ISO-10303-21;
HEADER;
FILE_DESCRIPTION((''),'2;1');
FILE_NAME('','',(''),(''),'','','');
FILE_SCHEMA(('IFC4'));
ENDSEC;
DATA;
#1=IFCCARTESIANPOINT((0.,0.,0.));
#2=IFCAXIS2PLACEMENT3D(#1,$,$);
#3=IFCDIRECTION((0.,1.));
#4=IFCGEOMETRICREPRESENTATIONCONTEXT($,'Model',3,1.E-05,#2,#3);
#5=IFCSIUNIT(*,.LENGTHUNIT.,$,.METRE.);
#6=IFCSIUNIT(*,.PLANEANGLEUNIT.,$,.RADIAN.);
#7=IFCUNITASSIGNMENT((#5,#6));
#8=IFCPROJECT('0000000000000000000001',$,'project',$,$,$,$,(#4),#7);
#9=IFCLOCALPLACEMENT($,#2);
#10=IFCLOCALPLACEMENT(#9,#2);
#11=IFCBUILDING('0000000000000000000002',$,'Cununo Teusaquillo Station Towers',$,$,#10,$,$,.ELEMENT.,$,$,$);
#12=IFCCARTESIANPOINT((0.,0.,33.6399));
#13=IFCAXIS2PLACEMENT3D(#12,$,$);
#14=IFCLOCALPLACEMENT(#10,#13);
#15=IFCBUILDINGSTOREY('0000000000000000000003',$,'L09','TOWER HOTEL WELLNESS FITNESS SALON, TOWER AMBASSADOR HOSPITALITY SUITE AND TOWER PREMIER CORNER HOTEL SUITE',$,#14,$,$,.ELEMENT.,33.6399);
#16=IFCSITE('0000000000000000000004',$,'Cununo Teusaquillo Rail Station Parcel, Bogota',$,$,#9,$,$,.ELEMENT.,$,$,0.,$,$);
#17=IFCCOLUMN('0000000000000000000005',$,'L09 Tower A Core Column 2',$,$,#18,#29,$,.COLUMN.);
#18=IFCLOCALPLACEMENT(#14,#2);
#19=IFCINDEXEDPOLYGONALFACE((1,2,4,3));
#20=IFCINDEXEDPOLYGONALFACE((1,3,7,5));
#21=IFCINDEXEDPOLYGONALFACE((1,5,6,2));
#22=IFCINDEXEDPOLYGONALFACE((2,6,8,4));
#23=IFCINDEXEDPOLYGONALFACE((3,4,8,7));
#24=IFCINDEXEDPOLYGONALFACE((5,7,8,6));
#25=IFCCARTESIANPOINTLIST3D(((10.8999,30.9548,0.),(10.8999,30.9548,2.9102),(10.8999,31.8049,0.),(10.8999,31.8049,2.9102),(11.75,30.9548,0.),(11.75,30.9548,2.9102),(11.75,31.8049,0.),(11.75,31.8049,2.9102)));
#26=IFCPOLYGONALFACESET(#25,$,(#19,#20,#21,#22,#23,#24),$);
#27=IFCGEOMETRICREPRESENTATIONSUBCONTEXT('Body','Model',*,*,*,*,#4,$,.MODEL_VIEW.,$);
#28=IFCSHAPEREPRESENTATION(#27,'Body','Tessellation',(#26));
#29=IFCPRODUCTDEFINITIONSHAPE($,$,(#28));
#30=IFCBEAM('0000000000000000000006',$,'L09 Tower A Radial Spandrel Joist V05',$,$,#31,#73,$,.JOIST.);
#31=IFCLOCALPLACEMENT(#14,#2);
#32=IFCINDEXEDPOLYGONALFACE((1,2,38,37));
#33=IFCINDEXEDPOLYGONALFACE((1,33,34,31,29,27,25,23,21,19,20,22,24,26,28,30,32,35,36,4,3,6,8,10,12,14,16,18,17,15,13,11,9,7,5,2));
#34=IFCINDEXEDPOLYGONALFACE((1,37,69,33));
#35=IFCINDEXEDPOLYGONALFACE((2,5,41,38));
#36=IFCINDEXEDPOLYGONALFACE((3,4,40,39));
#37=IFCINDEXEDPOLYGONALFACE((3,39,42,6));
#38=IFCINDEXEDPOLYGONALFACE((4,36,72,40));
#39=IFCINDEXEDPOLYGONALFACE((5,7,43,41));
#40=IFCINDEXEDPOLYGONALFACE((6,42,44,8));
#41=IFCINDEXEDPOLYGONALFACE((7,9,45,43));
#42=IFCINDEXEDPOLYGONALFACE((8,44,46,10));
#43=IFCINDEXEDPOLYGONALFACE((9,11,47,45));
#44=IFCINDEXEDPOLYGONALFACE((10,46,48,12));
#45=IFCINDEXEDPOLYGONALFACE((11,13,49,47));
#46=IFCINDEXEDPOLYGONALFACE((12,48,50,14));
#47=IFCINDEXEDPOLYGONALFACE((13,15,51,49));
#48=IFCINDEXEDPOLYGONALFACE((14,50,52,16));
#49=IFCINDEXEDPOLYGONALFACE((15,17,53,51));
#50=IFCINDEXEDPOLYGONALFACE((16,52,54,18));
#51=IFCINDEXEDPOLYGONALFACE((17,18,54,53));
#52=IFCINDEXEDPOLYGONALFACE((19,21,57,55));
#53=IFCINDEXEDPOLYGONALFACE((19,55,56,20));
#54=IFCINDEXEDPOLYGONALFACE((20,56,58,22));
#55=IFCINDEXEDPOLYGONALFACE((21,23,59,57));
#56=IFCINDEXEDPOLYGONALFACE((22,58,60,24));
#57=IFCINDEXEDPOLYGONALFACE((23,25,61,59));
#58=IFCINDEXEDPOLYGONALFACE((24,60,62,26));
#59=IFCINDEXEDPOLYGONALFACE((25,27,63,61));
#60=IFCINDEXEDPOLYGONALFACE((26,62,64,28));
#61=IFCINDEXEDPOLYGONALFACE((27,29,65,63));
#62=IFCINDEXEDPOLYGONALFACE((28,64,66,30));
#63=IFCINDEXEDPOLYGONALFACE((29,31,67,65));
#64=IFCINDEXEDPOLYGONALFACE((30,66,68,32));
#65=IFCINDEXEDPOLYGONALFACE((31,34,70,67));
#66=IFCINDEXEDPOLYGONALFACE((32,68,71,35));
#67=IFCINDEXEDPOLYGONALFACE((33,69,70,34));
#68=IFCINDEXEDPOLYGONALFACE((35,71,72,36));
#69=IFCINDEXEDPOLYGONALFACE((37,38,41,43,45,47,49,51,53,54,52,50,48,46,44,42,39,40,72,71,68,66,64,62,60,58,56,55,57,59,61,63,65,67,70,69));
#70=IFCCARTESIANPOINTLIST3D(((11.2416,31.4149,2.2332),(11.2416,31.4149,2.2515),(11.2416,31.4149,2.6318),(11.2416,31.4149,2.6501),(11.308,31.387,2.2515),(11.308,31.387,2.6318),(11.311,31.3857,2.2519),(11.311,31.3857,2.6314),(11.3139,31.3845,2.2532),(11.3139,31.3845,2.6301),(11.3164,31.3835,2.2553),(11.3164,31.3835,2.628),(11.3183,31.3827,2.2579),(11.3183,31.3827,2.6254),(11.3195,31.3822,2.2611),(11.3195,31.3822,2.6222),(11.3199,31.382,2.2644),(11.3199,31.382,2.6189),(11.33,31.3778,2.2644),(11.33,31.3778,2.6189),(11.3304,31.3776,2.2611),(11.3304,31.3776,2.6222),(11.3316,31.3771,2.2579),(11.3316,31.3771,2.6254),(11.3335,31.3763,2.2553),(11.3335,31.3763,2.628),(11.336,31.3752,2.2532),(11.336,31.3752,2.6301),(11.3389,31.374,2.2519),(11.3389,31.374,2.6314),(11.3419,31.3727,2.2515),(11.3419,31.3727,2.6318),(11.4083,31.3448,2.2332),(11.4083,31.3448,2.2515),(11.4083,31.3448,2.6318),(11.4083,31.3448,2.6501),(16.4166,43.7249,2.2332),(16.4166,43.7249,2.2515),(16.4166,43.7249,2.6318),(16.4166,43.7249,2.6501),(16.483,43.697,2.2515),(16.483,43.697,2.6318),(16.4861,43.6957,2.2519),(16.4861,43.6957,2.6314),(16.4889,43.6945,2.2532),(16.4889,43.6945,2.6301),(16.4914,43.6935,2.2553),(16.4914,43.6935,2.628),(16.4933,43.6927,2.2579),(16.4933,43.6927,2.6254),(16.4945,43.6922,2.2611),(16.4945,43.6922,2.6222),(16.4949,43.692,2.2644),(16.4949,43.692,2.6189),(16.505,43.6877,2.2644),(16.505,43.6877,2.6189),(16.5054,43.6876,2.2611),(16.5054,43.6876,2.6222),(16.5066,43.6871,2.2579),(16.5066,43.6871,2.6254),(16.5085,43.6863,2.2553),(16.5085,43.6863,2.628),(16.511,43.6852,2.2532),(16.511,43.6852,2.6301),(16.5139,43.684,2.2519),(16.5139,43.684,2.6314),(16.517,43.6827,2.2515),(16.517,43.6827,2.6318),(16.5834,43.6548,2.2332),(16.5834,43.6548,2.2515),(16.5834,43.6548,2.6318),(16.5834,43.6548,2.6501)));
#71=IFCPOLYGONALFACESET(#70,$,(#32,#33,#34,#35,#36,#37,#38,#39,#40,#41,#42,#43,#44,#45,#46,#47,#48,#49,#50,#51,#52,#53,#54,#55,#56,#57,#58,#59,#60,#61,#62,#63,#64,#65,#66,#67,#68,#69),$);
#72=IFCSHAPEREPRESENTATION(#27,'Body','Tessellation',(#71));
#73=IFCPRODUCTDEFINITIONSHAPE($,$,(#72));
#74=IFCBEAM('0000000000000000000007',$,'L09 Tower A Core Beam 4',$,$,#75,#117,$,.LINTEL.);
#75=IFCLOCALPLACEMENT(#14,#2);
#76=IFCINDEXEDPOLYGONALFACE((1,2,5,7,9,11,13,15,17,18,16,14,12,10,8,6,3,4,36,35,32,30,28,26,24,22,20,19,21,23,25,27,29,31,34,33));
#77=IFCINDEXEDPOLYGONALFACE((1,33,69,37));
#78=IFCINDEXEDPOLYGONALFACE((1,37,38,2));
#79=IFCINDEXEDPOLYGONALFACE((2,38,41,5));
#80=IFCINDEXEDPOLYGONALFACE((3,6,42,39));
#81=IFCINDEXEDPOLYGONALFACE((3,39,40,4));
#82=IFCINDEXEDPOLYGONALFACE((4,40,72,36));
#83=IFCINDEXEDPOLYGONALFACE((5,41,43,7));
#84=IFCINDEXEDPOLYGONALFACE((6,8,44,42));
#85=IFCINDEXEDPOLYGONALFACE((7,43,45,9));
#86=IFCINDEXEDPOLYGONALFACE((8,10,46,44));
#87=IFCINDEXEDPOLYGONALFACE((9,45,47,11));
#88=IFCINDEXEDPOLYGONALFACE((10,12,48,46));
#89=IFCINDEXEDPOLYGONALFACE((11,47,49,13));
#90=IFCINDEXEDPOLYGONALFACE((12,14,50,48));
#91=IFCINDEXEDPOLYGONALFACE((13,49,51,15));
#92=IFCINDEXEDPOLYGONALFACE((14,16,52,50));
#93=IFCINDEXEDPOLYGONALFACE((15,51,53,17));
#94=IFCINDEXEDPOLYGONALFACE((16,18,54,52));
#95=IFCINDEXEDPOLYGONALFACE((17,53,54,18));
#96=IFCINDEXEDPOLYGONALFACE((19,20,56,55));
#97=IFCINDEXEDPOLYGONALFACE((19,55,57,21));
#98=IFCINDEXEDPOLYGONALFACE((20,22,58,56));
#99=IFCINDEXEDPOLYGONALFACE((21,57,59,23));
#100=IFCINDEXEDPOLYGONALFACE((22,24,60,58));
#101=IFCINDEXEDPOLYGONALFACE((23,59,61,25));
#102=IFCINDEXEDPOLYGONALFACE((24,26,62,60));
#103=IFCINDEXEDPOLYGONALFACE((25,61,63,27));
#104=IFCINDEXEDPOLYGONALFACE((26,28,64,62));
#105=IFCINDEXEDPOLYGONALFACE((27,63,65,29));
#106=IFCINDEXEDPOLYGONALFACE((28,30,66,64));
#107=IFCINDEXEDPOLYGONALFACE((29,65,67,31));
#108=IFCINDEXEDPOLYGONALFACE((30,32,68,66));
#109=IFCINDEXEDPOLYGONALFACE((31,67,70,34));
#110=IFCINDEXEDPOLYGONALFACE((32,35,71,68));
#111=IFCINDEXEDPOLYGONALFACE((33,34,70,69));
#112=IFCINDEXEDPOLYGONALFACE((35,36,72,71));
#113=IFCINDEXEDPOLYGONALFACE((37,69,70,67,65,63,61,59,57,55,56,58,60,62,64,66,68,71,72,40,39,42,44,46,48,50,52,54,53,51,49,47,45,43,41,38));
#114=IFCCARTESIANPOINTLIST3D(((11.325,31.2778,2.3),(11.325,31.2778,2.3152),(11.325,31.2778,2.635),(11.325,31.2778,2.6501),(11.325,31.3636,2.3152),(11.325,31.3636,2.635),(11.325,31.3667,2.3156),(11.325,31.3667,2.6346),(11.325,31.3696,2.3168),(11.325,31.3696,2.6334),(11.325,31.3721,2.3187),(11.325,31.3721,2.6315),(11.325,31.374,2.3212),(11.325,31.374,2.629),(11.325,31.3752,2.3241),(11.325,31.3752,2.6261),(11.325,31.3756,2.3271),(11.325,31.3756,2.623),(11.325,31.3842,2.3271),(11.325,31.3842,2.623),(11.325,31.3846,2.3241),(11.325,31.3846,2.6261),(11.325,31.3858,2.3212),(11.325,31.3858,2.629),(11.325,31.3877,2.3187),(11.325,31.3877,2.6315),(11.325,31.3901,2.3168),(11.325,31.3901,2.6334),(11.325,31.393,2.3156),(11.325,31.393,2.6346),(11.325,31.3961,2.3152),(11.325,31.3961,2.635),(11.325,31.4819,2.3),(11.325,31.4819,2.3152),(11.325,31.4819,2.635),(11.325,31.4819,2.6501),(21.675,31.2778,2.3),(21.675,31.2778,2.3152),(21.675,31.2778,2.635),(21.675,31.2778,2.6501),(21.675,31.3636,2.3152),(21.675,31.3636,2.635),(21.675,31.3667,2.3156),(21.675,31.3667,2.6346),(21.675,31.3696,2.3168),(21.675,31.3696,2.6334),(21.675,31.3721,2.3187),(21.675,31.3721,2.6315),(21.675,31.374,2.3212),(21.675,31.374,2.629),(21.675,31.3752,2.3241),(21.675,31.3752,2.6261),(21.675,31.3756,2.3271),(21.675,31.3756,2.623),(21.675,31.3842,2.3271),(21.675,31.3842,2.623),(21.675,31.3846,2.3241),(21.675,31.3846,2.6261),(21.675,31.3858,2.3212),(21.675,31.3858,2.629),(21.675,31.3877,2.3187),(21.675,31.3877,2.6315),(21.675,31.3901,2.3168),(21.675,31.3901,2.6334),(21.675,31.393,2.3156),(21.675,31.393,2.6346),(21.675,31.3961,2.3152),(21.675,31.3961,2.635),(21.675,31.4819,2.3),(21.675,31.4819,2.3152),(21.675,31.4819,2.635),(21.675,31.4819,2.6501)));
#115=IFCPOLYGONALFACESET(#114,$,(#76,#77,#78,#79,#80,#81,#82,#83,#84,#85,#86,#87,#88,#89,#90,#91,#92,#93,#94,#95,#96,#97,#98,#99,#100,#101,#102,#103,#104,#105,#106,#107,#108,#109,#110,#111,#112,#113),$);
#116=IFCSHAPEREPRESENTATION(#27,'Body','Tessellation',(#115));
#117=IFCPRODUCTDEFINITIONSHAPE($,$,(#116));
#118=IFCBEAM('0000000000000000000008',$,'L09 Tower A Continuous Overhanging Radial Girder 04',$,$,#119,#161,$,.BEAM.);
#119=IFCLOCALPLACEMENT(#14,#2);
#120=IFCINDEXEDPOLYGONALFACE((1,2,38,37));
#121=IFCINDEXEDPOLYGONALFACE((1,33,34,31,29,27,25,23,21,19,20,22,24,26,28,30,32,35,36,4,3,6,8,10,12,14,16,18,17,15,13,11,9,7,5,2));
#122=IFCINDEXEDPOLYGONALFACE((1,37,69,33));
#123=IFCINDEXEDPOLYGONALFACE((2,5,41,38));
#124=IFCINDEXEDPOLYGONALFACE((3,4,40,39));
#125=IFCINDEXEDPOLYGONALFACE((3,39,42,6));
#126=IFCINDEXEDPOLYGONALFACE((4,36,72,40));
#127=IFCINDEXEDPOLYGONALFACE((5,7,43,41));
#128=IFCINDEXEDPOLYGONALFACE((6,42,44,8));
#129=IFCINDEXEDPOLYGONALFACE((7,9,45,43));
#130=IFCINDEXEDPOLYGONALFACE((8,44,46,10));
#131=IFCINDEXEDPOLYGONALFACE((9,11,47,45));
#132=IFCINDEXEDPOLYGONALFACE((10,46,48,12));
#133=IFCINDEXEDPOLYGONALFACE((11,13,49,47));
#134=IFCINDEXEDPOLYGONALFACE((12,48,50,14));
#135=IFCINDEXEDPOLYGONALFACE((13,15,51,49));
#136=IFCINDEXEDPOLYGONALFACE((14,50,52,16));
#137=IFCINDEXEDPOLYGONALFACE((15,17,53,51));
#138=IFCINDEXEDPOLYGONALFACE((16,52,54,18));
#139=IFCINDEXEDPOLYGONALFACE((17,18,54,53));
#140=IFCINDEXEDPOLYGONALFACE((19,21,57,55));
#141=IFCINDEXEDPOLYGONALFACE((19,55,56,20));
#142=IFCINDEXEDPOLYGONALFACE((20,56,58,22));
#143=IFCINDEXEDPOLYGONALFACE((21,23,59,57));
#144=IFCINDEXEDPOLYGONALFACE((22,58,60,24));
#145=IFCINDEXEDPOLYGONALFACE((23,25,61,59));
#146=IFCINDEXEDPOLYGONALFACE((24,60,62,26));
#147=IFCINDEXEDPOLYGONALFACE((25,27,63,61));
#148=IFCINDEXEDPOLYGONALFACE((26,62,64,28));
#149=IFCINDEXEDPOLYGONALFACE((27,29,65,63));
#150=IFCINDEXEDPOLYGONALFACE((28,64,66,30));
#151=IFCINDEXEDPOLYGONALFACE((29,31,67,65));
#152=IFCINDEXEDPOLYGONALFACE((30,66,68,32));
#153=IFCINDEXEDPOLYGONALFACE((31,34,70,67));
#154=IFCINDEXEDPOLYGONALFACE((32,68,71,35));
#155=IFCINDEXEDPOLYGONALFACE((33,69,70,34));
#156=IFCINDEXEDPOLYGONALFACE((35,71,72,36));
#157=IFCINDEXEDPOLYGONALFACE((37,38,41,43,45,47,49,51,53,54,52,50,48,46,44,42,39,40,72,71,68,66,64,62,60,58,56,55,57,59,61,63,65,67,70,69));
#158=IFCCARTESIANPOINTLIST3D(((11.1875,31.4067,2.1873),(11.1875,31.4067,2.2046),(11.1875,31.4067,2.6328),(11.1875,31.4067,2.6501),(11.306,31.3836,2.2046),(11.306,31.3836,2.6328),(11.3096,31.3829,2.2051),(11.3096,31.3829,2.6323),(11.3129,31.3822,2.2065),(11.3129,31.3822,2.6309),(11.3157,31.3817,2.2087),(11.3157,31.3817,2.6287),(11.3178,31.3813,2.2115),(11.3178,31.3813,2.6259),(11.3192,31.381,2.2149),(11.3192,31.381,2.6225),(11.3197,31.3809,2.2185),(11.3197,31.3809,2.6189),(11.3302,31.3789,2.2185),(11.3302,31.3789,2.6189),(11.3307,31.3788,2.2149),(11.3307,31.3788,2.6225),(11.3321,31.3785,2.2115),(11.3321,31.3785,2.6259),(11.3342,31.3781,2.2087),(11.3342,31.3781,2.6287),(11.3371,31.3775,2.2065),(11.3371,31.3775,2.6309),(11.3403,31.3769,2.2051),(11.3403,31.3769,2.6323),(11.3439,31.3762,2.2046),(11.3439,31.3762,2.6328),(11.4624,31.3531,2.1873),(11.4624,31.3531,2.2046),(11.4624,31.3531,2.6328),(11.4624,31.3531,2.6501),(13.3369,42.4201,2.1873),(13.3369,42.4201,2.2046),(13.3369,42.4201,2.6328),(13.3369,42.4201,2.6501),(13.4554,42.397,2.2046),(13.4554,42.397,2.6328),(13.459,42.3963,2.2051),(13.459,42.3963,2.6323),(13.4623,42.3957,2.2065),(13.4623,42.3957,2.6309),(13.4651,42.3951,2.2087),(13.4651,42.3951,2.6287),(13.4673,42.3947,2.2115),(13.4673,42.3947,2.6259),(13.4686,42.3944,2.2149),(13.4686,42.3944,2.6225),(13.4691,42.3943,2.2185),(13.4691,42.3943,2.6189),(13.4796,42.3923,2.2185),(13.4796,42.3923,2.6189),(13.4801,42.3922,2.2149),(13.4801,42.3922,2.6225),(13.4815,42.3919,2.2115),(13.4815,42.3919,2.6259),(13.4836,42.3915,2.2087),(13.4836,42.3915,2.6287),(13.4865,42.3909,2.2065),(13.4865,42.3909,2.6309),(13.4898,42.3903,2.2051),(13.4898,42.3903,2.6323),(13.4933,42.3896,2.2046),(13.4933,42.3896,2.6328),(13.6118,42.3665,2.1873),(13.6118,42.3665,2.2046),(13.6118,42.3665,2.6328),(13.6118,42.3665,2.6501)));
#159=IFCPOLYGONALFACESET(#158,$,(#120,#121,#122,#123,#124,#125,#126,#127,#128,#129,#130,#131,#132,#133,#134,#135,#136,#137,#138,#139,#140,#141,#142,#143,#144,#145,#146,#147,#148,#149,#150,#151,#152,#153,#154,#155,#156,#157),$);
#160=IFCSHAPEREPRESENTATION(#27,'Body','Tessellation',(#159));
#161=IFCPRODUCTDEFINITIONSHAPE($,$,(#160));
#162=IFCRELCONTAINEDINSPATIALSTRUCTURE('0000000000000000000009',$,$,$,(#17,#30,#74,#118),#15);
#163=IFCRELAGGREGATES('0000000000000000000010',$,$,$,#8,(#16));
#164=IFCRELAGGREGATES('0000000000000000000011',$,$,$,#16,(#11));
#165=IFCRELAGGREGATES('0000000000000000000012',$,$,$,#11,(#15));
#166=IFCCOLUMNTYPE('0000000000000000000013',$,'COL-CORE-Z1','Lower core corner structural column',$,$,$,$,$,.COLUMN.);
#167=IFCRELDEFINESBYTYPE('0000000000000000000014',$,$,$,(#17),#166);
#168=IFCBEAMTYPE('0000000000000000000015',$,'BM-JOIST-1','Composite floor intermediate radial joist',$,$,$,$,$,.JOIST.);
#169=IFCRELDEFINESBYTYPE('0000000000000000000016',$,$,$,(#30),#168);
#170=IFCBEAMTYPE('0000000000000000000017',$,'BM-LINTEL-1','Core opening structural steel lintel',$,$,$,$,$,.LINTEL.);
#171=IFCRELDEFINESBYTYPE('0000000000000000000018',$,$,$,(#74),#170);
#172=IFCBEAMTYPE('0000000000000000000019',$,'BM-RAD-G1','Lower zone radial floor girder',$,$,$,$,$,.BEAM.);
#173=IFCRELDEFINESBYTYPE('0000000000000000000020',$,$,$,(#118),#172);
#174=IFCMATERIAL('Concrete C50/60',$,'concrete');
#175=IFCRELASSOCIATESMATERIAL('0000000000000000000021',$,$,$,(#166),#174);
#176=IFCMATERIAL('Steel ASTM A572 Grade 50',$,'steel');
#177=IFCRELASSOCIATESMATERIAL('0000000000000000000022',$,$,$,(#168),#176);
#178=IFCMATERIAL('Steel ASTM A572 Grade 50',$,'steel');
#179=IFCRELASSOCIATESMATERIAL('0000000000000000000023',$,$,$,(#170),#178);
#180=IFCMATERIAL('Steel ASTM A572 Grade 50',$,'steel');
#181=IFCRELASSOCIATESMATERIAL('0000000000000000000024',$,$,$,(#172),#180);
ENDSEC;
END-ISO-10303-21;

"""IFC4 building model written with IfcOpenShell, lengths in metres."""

from ifc_helpers import new_model, si_unit, direction, frame, origin, origin_2d, place, context, subcontext, project, spatial, rectangle, i_section, extrude, material, material_profile, profile_set, type_object, element, save


model = new_model("IFC4")

# Units and contexts
model_context = context("Model", 3, precision=1e-05, world=origin(), true_north=direction((0.0, 1.0)))
body_context = subcontext(model_context, "Body", "Model", "MODEL_VIEW")
ifc_project = project(units=[si_unit("LENGTHUNIT", "METRE"), si_unit("PLANEANGLEUNIT", "RADIAN")], contexts=[model_context])

# Site, building, storey
site_placement = place(None, origin())
site = spatial("IfcSite", under=ifc_project, at=site_placement, Name="Cununo Teusaquillo Rail Station Parcel, Bogota", CompositionType="ELEMENT", RefElevation=0.0)
building_placement = place(site_placement, origin())
building = spatial("IfcBuilding", under=site, at=building_placement, Name="Cununo Teusaquillo Station Towers", CompositionType="ELEMENT")
storey_placement = place(building_placement, frame((0.0, 0.0, 33.6399)))
storey = spatial("IfcBuildingStorey", under=building, at=storey_placement, Name="L09", Description="TOWER HOTEL WELLNESS FITNESS SALON, TOWER AMBASSADOR HOSPITALITY SUITE AND TOWER PREMIER CORNER HOTEL SUITE", CompositionType="ELEMENT", Elevation=33.6399)

# Column
ifc_material_1 = material(Name="Concrete C50/60", Category="concrete")
ifc_material_profile_1 = material_profile(ifc_material_1, rectangle(XDim=0.8501, YDim=0.8501, at=origin_2d()), Name="RC-RECT-850x850")
ifc_profile_set_1 = profile_set([ifc_material_profile_1], Name="Concrete C50/60")
column_type = type_object("IfcColumnType", Name="COL-CORE-Z1", Description="Lower core corner structural column", PredefinedType="COLUMN", material=ifc_profile_set_1)
column_placement = place(storey_placement, frame((11.325, 31.3799, 0.0), z_axis=(0.0, 0.0, 1.0), x_axis=(1.0, 0.0, 0.0)))
element("IfcColumn", 1, at=column_placement, inside=storey, type_object=column_type, Name="L09 Tower A Core Column 2", PredefinedType="COLUMN", context=body_context, shape_type="SweptSolid", body=[
    extrude(rectangle(XDim=0.8501, YDim=0.8501, at=origin_2d()), origin(), (0.0, 0.0, 1.0), 2.9102),
])

# Beams
ifc_material_2 = material(Name="Steel ASTM A572 Grade 50", Category="steel")
ifc_material_profile_2 = material_profile(ifc_material_2, i_section(OverallWidth=0.1809, OverallDepth=0.417, WebThickness=0.011, FlangeThickness=0.0183, FilletRadius=0.0129, at=origin_2d()), Name="W16X57")
ifc_profile_set_2 = profile_set([ifc_material_profile_2], Name="Steel ASTM A572 Grade 50")
beam_type_1 = type_object("IfcBeamType", Name="BM-JOIST-1", Description="Composite floor intermediate radial joist", PredefinedType="JOIST", material=ifc_profile_set_2)
beam_1_placement = place(storey_placement, frame((11.325, 31.3799, 2.4417), z_axis=(0.38754, 0.921853, 0.0), x_axis=(-0.921853, 0.38754, 0.0)))
element("IfcBeam", 2, at=beam_1_placement, inside=storey, type_object=beam_type_1, Name="L09 Tower A Radial Spandrel Joist V05", PredefinedType="JOIST", context=body_context, shape_type="SweptSolid", body=[
    extrude(i_section(OverallWidth=0.1809, OverallDepth=0.417, WebThickness=0.011, FlangeThickness=0.0183, FilletRadius=0.0129, at=origin_2d()), origin(), (0.0, 0.0, 1.0), 13.3535),
])
ifc_material_3 = material(Name="Steel ASTM A572 Grade 50", Category="steel")
ifc_material_profile_3 = material_profile(ifc_material_3, i_section(OverallWidth=0.2041, OverallDepth=0.3501, WebThickness=0.0085, FlangeThickness=0.0151, FilletRadius=0.012, at=origin_2d()), Name="W14X48")
ifc_profile_set_3 = profile_set([ifc_material_profile_3], Name="Steel ASTM A572 Grade 50")
beam_type_2 = type_object("IfcBeamType", Name="BM-LINTEL-1", Description="Core opening structural steel lintel", PredefinedType="LINTEL", material=ifc_profile_set_3)
beam_2_placement = place(storey_placement, frame((11.325, 31.3799, 2.4751), z_axis=(1.0, 0.0, 0.0), x_axis=(0.0, 1.0, 0.0)))
element("IfcBeam", 3, at=beam_2_placement, inside=storey, type_object=beam_type_2, Name="L09 Tower A Core Beam 4", PredefinedType="LINTEL", context=body_context, shape_type="SweptSolid", body=[
    extrude(i_section(OverallWidth=0.2041, OverallDepth=0.3501, WebThickness=0.0085, FlangeThickness=0.0151, FilletRadius=0.012, at=origin_2d()), origin(), (0.0, 0.0, 1.0), 10.3501),
])
ifc_material_4 = material(Name="Steel ASTM A572 Grade 50", Category="steel")
ifc_material_profile_4 = material_profile(ifc_material_4, i_section(OverallWidth=0.28, OverallDepth=0.4629, WebThickness=0.0107, FlangeThickness=0.0173, FilletRadius=0.0139, at=origin_2d()), Name="W18X76")
ifc_profile_set_4 = profile_set([ifc_material_profile_4], Name="Steel ASTM A572 Grade 50")
beam_type_3 = type_object("IfcBeamType", Name="BM-RAD-G1", Description="Lower zone radial floor girder", PredefinedType="BEAM", material=ifc_profile_set_4)
beam_3_placement = place(storey_placement, frame((11.325, 31.3799, 2.4187), z_axis=(0.191549, 0.981483, 0.0), x_axis=(-0.981483, 0.191549, 0.0)))
element("IfcBeam", 4, at=beam_3_placement, inside=storey, type_object=beam_type_3, Name="L09 Tower A Continuous Overhanging Radial Girder 04", PredefinedType="BEAM", context=body_context, shape_type="SweptSolid", body=[
    extrude(i_section(OverallWidth=0.28, OverallDepth=0.4629, WebThickness=0.0107, FlangeThickness=0.0173, FilletRadius=0.0139, at=origin_2d()), origin(), (0.0, 0.0, 1.0), 11.2212),
])

save(model, "model.ifc")
